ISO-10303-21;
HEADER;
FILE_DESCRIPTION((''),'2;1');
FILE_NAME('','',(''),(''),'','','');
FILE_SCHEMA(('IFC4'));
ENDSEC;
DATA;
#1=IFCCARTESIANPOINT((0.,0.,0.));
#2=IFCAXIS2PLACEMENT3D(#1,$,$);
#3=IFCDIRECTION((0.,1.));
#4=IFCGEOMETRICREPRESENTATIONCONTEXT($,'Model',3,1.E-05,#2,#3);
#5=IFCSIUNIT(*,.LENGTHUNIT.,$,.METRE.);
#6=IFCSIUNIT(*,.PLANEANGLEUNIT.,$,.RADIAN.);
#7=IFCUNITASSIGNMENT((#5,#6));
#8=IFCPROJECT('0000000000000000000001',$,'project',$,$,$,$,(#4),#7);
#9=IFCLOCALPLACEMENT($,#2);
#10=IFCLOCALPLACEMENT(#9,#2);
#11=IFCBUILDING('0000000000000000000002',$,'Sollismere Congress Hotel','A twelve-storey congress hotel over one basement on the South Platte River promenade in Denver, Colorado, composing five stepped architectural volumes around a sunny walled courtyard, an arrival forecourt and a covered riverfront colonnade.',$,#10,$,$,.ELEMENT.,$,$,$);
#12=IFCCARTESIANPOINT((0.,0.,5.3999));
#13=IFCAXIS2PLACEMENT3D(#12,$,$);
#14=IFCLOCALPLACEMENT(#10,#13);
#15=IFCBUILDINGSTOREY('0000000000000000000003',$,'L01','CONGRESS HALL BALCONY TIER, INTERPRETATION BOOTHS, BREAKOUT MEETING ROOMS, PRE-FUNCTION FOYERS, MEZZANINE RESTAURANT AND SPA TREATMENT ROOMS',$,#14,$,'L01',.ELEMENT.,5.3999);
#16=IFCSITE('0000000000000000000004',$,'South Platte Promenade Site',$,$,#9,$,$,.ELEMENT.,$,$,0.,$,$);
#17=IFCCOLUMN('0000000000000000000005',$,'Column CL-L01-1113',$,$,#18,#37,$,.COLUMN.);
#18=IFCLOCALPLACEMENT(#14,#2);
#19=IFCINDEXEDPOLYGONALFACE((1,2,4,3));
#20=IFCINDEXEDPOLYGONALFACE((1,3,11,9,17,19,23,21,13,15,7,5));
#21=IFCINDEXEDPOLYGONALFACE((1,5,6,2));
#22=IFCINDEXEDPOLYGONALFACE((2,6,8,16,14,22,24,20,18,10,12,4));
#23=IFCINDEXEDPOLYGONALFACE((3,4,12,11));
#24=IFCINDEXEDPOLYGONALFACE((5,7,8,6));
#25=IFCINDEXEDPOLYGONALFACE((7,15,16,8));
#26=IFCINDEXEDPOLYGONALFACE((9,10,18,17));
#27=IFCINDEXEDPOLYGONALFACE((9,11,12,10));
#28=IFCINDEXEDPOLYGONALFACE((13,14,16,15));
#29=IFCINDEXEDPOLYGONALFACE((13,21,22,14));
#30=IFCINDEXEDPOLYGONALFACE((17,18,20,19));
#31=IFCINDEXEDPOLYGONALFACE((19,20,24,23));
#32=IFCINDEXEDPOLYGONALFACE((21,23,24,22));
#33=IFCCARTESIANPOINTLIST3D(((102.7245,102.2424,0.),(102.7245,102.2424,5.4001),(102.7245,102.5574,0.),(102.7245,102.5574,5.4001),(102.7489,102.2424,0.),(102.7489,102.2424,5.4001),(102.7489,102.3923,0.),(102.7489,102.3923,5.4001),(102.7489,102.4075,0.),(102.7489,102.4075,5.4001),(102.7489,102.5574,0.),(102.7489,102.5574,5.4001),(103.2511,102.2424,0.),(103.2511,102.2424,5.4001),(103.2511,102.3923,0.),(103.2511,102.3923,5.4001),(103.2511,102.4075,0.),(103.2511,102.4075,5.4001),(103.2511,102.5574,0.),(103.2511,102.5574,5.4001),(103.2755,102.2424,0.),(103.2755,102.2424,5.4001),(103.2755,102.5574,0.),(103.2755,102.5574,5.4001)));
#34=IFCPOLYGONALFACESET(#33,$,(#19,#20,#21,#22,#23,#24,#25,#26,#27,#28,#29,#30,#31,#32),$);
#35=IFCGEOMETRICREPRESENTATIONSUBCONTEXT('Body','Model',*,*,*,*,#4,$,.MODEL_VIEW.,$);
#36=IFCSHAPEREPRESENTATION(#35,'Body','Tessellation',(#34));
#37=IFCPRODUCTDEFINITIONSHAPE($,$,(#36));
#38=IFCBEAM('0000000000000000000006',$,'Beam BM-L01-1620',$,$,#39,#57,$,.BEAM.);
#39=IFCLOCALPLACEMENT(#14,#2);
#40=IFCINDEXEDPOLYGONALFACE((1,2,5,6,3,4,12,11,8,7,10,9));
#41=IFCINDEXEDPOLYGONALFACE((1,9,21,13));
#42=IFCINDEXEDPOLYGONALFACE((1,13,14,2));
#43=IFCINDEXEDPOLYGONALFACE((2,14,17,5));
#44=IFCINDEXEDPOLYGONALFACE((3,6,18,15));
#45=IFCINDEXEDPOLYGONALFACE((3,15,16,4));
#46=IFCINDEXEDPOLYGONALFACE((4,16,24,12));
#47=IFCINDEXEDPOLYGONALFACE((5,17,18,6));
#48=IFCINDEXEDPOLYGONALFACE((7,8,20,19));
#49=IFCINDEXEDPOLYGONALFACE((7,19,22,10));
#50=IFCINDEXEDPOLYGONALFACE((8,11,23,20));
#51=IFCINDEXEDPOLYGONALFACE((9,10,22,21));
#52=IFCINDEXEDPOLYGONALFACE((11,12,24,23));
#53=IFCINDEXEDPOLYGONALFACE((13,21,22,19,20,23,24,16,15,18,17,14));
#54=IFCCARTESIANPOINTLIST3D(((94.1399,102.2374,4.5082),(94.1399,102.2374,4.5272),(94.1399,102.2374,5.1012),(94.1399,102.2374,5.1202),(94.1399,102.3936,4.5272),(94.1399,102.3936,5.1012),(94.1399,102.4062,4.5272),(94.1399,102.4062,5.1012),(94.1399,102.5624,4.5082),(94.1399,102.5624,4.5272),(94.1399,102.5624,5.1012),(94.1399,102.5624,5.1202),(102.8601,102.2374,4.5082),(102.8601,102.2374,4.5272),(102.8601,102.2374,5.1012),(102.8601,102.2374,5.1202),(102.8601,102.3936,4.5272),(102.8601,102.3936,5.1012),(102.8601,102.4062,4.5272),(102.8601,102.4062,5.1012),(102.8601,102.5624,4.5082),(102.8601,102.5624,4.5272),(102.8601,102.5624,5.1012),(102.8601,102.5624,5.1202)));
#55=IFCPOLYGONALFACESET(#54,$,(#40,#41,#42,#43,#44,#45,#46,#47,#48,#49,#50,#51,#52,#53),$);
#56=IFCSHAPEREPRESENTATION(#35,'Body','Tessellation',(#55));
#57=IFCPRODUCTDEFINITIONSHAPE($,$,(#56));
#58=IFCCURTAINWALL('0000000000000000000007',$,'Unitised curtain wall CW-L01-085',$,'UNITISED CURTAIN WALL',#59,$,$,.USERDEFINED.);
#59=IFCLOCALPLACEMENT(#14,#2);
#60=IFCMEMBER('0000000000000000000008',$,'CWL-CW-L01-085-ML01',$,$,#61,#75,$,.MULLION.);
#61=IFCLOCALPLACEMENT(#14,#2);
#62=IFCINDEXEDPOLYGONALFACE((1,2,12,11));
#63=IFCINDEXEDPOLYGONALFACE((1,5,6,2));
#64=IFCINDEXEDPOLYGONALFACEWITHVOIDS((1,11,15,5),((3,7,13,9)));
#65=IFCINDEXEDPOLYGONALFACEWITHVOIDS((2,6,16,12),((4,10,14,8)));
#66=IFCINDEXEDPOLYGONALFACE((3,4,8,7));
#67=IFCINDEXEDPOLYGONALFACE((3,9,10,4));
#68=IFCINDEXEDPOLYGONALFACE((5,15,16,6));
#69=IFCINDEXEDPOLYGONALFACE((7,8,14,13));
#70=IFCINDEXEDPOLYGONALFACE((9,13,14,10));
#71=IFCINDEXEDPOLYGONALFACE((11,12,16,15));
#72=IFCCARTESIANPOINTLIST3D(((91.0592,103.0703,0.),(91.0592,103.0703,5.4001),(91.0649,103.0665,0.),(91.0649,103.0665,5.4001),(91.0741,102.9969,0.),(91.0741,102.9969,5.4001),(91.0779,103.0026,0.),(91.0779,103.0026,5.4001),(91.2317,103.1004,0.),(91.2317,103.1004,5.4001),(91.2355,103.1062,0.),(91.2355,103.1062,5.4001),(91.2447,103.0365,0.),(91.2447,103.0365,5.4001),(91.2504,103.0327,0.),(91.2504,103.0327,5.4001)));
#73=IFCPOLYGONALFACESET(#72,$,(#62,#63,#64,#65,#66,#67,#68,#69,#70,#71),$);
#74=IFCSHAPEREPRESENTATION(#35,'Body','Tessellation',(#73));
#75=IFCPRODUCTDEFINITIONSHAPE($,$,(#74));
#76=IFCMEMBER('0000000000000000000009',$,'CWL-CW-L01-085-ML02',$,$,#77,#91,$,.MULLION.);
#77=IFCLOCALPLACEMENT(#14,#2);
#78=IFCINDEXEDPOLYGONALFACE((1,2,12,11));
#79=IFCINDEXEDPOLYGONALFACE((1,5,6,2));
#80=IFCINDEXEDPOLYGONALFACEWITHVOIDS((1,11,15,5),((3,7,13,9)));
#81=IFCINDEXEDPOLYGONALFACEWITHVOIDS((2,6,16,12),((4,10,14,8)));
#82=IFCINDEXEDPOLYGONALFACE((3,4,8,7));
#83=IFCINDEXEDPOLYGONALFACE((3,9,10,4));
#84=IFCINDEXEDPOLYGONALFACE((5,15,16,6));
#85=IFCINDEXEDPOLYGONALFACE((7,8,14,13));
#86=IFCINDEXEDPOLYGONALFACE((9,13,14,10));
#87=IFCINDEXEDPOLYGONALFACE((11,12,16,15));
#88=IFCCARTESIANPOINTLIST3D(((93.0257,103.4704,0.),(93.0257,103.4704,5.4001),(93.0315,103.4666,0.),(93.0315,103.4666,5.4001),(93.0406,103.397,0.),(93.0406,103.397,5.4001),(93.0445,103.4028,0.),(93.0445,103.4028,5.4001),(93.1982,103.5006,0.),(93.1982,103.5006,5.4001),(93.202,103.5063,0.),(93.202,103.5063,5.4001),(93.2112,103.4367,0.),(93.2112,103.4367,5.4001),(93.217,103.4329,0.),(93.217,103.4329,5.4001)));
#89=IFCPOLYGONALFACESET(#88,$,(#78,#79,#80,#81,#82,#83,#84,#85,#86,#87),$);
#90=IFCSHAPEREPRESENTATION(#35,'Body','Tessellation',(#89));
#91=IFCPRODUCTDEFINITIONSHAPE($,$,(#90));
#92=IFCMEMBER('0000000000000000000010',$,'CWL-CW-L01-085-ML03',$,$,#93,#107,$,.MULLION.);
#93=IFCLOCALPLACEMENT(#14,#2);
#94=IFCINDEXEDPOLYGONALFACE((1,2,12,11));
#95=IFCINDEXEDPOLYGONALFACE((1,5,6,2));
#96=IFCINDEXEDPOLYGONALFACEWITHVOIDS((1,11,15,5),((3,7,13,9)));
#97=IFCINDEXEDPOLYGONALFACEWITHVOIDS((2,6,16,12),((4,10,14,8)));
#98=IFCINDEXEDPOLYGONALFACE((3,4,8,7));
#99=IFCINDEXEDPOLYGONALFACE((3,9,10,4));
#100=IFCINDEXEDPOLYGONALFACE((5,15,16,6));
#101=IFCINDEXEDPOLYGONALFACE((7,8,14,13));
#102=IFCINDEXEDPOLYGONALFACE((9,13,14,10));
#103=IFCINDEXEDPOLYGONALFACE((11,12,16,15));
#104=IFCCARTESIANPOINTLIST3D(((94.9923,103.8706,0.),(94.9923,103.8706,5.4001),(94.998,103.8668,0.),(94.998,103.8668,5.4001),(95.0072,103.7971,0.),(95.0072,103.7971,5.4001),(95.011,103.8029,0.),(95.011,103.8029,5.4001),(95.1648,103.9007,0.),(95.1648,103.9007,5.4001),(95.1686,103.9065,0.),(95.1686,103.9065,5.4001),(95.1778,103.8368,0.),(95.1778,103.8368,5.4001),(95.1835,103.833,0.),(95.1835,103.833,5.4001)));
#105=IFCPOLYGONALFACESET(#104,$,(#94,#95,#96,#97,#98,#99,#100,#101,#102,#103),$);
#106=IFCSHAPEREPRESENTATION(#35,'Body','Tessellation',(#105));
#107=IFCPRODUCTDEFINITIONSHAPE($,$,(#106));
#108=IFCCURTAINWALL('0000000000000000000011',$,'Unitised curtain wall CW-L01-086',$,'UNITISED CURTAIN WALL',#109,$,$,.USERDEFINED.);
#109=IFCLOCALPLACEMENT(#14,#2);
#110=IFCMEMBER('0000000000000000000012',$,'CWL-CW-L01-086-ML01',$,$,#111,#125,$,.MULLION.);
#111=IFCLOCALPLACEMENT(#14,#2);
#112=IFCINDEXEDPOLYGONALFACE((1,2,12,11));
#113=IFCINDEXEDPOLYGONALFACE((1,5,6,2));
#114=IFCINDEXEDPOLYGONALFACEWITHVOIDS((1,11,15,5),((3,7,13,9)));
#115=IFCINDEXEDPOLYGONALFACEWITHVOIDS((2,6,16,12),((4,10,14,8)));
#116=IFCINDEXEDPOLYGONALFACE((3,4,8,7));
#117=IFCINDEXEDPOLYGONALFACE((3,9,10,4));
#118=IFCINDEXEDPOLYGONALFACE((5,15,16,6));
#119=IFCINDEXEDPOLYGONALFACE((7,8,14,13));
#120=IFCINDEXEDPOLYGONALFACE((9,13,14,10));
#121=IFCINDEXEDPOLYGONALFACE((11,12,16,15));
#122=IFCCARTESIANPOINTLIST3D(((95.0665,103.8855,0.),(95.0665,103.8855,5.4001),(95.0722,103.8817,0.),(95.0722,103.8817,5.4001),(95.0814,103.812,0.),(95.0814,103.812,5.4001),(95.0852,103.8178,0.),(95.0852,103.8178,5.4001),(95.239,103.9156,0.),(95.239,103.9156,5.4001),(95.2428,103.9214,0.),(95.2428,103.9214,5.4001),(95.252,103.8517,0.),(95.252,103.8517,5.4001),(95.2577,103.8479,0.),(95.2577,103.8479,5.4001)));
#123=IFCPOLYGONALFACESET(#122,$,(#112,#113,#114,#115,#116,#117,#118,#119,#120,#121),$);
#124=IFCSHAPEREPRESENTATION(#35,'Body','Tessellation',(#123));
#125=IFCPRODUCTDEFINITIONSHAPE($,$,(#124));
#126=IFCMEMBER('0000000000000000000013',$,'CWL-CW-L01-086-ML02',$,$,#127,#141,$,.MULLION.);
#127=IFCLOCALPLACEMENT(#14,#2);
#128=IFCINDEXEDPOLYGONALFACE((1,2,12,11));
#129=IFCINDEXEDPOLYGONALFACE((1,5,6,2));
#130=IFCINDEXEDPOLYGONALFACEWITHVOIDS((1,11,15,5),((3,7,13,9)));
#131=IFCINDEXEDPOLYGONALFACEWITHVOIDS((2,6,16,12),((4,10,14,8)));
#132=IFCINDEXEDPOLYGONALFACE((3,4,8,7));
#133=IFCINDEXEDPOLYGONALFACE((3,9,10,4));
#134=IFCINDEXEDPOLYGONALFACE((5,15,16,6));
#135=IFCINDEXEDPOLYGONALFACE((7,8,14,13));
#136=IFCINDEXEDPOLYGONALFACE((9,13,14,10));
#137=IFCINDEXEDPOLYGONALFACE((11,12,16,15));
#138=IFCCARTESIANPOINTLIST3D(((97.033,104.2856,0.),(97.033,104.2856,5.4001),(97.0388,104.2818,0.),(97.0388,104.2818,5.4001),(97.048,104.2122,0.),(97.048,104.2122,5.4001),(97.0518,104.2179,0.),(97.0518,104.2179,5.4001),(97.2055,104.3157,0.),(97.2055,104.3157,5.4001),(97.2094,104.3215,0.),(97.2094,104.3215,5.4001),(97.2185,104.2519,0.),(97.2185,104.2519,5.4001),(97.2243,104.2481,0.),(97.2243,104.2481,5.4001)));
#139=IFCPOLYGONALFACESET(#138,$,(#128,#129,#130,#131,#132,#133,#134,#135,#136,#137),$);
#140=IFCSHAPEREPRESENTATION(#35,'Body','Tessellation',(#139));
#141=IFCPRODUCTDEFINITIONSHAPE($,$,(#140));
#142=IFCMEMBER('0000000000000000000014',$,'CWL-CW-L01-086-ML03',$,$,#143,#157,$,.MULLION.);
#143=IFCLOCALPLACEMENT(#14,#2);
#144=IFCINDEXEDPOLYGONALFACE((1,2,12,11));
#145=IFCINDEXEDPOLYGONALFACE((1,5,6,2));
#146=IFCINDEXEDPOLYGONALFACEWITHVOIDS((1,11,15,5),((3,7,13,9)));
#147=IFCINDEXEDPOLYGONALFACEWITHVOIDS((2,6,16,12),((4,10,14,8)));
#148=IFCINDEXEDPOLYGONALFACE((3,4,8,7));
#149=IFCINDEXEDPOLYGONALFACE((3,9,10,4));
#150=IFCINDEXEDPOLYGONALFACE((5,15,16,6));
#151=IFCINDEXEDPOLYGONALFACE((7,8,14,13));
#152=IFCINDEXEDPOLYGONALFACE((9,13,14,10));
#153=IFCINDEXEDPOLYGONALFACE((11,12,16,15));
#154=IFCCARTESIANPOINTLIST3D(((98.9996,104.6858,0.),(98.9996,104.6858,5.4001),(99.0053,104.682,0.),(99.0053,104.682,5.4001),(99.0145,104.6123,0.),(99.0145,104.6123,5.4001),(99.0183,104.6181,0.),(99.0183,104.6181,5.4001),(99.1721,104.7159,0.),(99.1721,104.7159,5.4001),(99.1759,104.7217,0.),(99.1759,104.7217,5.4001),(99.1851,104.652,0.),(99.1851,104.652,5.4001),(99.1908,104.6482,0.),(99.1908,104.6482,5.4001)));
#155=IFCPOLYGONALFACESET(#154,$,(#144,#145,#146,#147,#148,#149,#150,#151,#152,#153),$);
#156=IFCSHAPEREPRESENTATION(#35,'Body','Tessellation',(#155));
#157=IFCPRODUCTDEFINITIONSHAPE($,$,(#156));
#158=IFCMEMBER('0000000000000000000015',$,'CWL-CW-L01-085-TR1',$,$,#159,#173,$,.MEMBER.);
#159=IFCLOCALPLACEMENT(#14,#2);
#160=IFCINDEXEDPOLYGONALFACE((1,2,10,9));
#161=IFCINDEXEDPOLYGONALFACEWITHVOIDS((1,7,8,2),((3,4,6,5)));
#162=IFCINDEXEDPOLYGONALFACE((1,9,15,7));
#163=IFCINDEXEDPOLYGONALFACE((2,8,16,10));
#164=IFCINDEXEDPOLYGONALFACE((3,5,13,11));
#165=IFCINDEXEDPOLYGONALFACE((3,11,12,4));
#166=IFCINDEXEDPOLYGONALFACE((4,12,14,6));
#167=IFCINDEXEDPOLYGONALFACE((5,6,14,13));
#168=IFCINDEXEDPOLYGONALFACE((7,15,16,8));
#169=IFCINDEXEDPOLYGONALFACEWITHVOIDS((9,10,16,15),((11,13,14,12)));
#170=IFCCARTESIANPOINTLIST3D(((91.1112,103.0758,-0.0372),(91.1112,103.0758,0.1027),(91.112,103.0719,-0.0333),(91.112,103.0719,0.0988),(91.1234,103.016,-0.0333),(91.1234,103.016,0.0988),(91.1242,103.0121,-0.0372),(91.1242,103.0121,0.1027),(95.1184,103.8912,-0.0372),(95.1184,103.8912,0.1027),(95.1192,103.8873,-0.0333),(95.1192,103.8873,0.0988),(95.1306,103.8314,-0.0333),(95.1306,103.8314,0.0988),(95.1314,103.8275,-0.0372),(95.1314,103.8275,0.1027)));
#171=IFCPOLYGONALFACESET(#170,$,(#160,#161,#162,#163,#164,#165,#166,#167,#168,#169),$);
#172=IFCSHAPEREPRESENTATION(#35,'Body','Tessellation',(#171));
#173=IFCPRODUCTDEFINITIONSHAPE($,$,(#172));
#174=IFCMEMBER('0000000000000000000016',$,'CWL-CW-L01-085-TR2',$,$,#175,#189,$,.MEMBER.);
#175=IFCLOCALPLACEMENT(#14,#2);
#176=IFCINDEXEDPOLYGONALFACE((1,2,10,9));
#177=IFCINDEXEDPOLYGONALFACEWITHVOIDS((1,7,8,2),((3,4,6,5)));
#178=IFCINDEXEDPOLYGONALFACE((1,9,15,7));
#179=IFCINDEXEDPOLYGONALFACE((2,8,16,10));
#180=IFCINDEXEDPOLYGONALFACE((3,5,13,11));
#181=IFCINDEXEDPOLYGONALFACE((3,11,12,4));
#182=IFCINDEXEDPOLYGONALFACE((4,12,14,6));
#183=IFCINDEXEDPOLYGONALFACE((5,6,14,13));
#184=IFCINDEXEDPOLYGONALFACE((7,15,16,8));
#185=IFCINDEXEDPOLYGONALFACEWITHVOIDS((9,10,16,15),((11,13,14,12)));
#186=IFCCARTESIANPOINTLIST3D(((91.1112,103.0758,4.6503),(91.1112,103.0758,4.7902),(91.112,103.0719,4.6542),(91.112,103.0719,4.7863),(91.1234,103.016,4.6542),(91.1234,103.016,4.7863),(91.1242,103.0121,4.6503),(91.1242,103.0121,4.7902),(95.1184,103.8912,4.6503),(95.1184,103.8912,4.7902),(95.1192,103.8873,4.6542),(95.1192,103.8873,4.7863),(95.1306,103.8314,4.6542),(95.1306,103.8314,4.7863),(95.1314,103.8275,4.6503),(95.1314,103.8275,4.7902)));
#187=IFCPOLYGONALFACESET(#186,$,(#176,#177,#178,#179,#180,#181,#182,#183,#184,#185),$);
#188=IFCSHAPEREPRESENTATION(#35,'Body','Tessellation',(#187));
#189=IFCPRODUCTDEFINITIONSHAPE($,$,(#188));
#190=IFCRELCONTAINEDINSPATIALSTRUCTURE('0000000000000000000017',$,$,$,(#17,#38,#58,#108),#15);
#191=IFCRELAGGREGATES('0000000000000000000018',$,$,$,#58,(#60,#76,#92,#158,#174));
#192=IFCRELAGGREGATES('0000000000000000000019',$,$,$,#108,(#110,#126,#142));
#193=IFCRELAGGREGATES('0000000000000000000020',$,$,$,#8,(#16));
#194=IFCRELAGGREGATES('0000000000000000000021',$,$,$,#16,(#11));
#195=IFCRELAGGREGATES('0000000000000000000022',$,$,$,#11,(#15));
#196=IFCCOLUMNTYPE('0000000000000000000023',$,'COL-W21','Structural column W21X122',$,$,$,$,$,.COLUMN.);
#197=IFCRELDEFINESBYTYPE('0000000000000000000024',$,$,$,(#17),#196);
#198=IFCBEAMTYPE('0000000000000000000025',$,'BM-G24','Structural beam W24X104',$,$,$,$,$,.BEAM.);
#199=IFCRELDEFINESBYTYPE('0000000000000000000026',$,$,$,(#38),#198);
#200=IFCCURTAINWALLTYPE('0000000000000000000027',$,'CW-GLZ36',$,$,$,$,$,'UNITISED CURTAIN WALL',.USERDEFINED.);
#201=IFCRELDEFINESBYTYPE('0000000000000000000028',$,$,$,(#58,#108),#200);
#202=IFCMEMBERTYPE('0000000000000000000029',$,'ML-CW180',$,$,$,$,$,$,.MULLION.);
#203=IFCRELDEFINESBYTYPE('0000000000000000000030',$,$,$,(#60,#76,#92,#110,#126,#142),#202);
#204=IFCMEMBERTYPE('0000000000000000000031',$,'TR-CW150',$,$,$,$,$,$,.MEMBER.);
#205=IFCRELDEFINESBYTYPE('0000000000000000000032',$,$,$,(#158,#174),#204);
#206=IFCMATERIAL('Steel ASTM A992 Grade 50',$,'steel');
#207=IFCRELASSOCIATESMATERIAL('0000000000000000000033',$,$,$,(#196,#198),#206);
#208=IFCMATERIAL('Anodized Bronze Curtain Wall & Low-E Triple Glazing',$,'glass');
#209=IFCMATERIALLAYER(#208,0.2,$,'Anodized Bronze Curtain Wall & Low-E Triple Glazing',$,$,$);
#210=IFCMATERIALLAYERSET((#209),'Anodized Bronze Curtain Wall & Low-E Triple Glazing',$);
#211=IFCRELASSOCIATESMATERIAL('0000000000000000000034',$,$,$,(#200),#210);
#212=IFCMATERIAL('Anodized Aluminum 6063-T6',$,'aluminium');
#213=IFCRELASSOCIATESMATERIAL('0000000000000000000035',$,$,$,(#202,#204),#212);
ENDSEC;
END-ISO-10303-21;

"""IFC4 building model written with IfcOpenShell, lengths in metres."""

from ifc_helpers import new_model, si_unit, direction, frame, origin, origin_2d, place, context, subcontext, project, spatial, hollow_rectangle, i_section, extrude, material, layer, layer_set, material_profile, profile_set, type_object, element, aggregate, save


model = new_model("IFC4")

# Units and contexts
model_context = context("Model", 3, precision=1e-05, world=origin(), true_north=direction((0.0, 1.0)))
body_context = subcontext(model_context, "Body", "Model", "MODEL_VIEW")
ifc_project = project(units=[si_unit("LENGTHUNIT", "METRE"), si_unit("PLANEANGLEUNIT", "RADIAN")], contexts=[model_context])

# Site, building, storey
site_placement = place(None, origin())
site = spatial("IfcSite", under=ifc_project, at=site_placement, Name="South Platte Promenade Site", CompositionType="ELEMENT", RefElevation=0.0)
building_placement = place(site_placement, origin())
building = spatial("IfcBuilding", under=site, at=building_placement, Name="Sollismere Congress Hotel", Description="A twelve-storey congress hotel over one basement on the South Platte River promenade in Denver, Colorado, composing five stepped architectural volumes around a sunny walled courtyard, an arrival forecourt and a covered riverfront colonnade.", CompositionType="ELEMENT")
storey_placement = place(building_placement, frame((0.0, 0.0, 5.3999)))
storey = spatial("IfcBuildingStorey", under=building, at=storey_placement, Name="L01", Description="CONGRESS HALL BALCONY TIER, INTERPRETATION BOOTHS, BREAKOUT MEETING ROOMS, PRE-FUNCTION FOYERS, MEZZANINE RESTAURANT AND SPA TREATMENT ROOMS", LongName="L01", CompositionType="ELEMENT", Elevation=5.3999)

# Column
ifc_material_1 = material(Name="Steel ASTM A992 Grade 50", Category="steel")
ifc_material_profile_1 = material_profile(ifc_material_1, i_section(OverallWidth=0.3149, OverallDepth=0.551, WebThickness=0.0151, FlangeThickness=0.0244, at=origin_2d()), Name="W21X122")
ifc_profile_set_1 = profile_set([ifc_material_profile_1], Name="Steel ASTM A992 Grade 50")
column_type = type_object("IfcColumnType", Name="COL-W21", Description="Structural column W21X122", PredefinedType="COLUMN", material=ifc_profile_set_1)
column_placement = place(storey_placement, frame((103.0, 102.3999, 0.0), z_axis=(0.0, 0.0, 1.0), x_axis=(0.0, 1.0, 0.0)))
element("IfcColumn", 1, at=column_placement, inside=storey, type_object=column_type, Name="Column CL-L01-1113", PredefinedType="COLUMN", context=body_context, shape_type="SweptSolid", body=[
    extrude(i_section(OverallWidth=0.3149, OverallDepth=0.551, WebThickness=0.0151, FlangeThickness=0.0244, at=origin_2d()), origin(), (0.0, 0.0, 1.0), 5.4001),
])

# Beam
ifc_material_profile_2 = material_profile(ifc_material_1, i_section(OverallWidth=0.325, OverallDepth=0.6121, WebThickness=0.0127, FlangeThickness=0.019, at=origin_2d()), Name="W24X104")
ifc_profile_set_2 = profile_set([ifc_material_profile_2], Name="Steel ASTM A992 Grade 50")
beam_type = type_object("IfcBeamType", Name="BM-G24", Description="Structural beam W24X104", PredefinedType="BEAM", material=ifc_profile_set_2)
beam_placement = place(storey_placement, frame((94.1399, 102.3999, 4.8142), z_axis=(1.0, 0.0, 0.0), x_axis=(0.0, 1.0, 0.0)))
element("IfcBeam", 2, at=beam_placement, inside=storey, type_object=beam_type, Name="Beam BM-L01-1620", PredefinedType="BEAM", context=body_context, shape_type="SweptSolid", body=[
    extrude(i_section(OverallWidth=0.325, OverallDepth=0.6121, WebThickness=0.0127, FlangeThickness=0.019, at=origin_2d()), origin(), (0.0, 0.0, 1.0), 8.7202),
])

# Curtain walls, members
ifc_material_2 = material(Name="Anodized Bronze Curtain Wall & Low-E Triple Glazing", Category="glass")
ifc_layer_1 = layer(ifc_material_2, 0.2, Name="Anodized Bronze Curtain Wall & Low-E Triple Glazing")
ifc_layer_set_1 = layer_set([ifc_layer_1], Name="Anodized Bronze Curtain Wall & Low-E Triple Glazing")
curtain_wall_type = type_object("IfcCurtainWallType", Name="CW-GLZ36", ElementType="UNITISED CURTAIN WALL", PredefinedType="USERDEFINED", material=ifc_layer_set_1)
curtain_wall_1_placement = place(storey_placement, origin())
curtain_wall_1 = element("IfcCurtainWall", 3, at=curtain_wall_1_placement, inside=storey, type_object=curtain_wall_type, Name="Unitised curtain wall CW-L01-085", ObjectType="UNITISED CURTAIN WALL", PredefinedType="USERDEFINED")
ifc_material_3 = material(Name="Anodized Aluminum 6063-T6", Category="aluminium")
ifc_material_profile_3 = material_profile(ifc_material_3, hollow_rectangle(XDim=0.075, YDim=0.1799, WallThickness=0.0049, at=origin_2d()), Name="ALU180X75X5")
ifc_profile_set_3 = profile_set([ifc_material_profile_3], Name="Anodized Aluminum 6063-T6")
member_type_1 = type_object("IfcMemberType", Name="ML-CW180", PredefinedType="MULLION", material=ifc_profile_set_3)
member_1_placement = place(storey_placement, frame((91.1548, 103.0515, 0.0), z_axis=(0.0, 0.0, 1.0), x_axis=(-0.199368, 0.979925, 0.0)))
member_1 = element("IfcMember", 4, at=member_1_placement, type_object=member_type_1, Name="CWL-CW-L01-085-ML01", PredefinedType="MULLION", context=body_context, shape_type="SweptSolid", body=[
    extrude(hollow_rectangle(XDim=0.075, YDim=0.1799, WallThickness=0.0049, at=origin_2d()), origin(), (0.0, 0.0, 1.0), 5.4001),
])
member_2_placement = place(storey_placement, frame((93.1213, 103.4517, 0.0), z_axis=(0.0, 0.0, 1.0), x_axis=(-0.199368, 0.979925, 0.0)))
member_2 = element("IfcMember", 5, at=member_2_placement, type_object=member_type_1, Name="CWL-CW-L01-085-ML02", PredefinedType="MULLION", context=body_context, shape_type="SweptSolid", body=[
    extrude(hollow_rectangle(XDim=0.075, YDim=0.1799, WallThickness=0.0049, at=origin_2d()), origin(), (0.0, 0.0, 1.0), 5.4001),
])
member_3_placement = place(storey_placement, frame((95.0879, 103.8518, 0.0), z_axis=(0.0, 0.0, 1.0), x_axis=(-0.199368, 0.979925, 0.0)))
member_3 = element("IfcMember", 6, at=member_3_placement, type_object=member_type_1, Name="CWL-CW-L01-085-ML03", PredefinedType="MULLION", context=body_context, shape_type="SweptSolid", body=[
    extrude(hollow_rectangle(XDim=0.075, YDim=0.1799, WallThickness=0.0049, at=origin_2d()), origin(), (0.0, 0.0, 1.0), 5.4001),
])
curtain_wall_2_placement = place(storey_placement, origin())
curtain_wall_2 = element("IfcCurtainWall", 7, at=curtain_wall_2_placement, inside=storey, type_object=curtain_wall_type, Name="Unitised curtain wall CW-L01-086", ObjectType="UNITISED CURTAIN WALL", PredefinedType="USERDEFINED")
member_4_placement = place(storey_placement, frame((95.1621, 103.8667, 0.0), z_axis=(0.0, 0.0, 1.0), x_axis=(-0.199368, 0.979925, 0.0)))
member_4 = element("IfcMember", 8, at=member_4_placement, type_object=member_type_1, Name="CWL-CW-L01-086-ML01", PredefinedType="MULLION", context=body_context, shape_type="SweptSolid", body=[
    extrude(hollow_rectangle(XDim=0.075, YDim=0.1799, WallThickness=0.0049, at=origin_2d()), origin(), (0.0, 0.0, 1.0), 5.4001),
])
member_5_placement = place(storey_placement, frame((97.1287, 104.2668, 0.0), z_axis=(0.0, 0.0, 1.0), x_axis=(-0.199368, 0.979925, 0.0)))
member_5 = element("IfcMember", 9, at=member_5_placement, type_object=member_type_1, Name="CWL-CW-L01-086-ML02", PredefinedType="MULLION", context=body_context, shape_type="SweptSolid", body=[
    extrude(hollow_rectangle(XDim=0.075, YDim=0.1799, WallThickness=0.0049, at=origin_2d()), origin(), (0.0, 0.0, 1.0), 5.4001),
])
member_6_placement = place(storey_placement, frame((99.0952, 104.667, 0.0), z_axis=(0.0, 0.0, 1.0), x_axis=(-0.199368, 0.979925, 0.0)))
member_6 = element("IfcMember", 10, at=member_6_placement, type_object=member_type_1, Name="CWL-CW-L01-086-ML03", PredefinedType="MULLION", context=body_context, shape_type="SweptSolid", body=[
    extrude(hollow_rectangle(XDim=0.075, YDim=0.1799, WallThickness=0.0049, at=origin_2d()), origin(), (0.0, 0.0, 1.0), 5.4001),
])

# Members
ifc_material_profile_4 = material_profile(ifc_material_3, hollow_rectangle(XDim=0.0649, YDim=0.1399, WallThickness=0.0039, at=origin_2d()), Name="ALU140X65X4")
ifc_profile_set_4 = profile_set([ifc_material_profile_4], Name="Anodized Aluminum 6063-T6")
member_type_2 = type_object("IfcMemberType", Name="TR-CW150", PredefinedType="MEMBER", material=ifc_profile_set_4)
member_7_placement = place(storey_placement, frame((91.1177, 103.0439, 0.0327), z_axis=(0.979918, 0.199399, 0.0), x_axis=(-0.199399, 0.979918, 0.0)))
member_7 = element("IfcMember", 11, at=member_7_placement, type_object=member_type_2, Name="CWL-CW-L01-085-TR1", PredefinedType="MEMBER", context=body_context, shape_type="SweptSolid", body=[
    extrude(hollow_rectangle(XDim=0.0649, YDim=0.1399, WallThickness=0.0039, at=origin_2d()), origin(), (0.0, 0.0, 1.0), 4.0894),
])
member_8_placement = place(storey_placement, frame((91.1177, 103.0439, 4.7202), z_axis=(0.979918, 0.199399, 0.0), x_axis=(-0.199399, 0.979918, 0.0)))
member_8 = element("IfcMember", 12, at=member_8_placement, type_object=member_type_2, Name="CWL-CW-L01-085-TR2", PredefinedType="MEMBER", context=body_context, shape_type="SweptSolid", body=[
    extrude(hollow_rectangle(XDim=0.0649, YDim=0.1399, WallThickness=0.0039, at=origin_2d()), origin(), (0.0, 0.0, 1.0), 4.0894),
])

aggregate(curtain_wall_1, [member_1, member_2, member_3, member_7, member_8])
aggregate(curtain_wall_2, [member_4, member_5, member_6])

save(model, "model.ifc")
